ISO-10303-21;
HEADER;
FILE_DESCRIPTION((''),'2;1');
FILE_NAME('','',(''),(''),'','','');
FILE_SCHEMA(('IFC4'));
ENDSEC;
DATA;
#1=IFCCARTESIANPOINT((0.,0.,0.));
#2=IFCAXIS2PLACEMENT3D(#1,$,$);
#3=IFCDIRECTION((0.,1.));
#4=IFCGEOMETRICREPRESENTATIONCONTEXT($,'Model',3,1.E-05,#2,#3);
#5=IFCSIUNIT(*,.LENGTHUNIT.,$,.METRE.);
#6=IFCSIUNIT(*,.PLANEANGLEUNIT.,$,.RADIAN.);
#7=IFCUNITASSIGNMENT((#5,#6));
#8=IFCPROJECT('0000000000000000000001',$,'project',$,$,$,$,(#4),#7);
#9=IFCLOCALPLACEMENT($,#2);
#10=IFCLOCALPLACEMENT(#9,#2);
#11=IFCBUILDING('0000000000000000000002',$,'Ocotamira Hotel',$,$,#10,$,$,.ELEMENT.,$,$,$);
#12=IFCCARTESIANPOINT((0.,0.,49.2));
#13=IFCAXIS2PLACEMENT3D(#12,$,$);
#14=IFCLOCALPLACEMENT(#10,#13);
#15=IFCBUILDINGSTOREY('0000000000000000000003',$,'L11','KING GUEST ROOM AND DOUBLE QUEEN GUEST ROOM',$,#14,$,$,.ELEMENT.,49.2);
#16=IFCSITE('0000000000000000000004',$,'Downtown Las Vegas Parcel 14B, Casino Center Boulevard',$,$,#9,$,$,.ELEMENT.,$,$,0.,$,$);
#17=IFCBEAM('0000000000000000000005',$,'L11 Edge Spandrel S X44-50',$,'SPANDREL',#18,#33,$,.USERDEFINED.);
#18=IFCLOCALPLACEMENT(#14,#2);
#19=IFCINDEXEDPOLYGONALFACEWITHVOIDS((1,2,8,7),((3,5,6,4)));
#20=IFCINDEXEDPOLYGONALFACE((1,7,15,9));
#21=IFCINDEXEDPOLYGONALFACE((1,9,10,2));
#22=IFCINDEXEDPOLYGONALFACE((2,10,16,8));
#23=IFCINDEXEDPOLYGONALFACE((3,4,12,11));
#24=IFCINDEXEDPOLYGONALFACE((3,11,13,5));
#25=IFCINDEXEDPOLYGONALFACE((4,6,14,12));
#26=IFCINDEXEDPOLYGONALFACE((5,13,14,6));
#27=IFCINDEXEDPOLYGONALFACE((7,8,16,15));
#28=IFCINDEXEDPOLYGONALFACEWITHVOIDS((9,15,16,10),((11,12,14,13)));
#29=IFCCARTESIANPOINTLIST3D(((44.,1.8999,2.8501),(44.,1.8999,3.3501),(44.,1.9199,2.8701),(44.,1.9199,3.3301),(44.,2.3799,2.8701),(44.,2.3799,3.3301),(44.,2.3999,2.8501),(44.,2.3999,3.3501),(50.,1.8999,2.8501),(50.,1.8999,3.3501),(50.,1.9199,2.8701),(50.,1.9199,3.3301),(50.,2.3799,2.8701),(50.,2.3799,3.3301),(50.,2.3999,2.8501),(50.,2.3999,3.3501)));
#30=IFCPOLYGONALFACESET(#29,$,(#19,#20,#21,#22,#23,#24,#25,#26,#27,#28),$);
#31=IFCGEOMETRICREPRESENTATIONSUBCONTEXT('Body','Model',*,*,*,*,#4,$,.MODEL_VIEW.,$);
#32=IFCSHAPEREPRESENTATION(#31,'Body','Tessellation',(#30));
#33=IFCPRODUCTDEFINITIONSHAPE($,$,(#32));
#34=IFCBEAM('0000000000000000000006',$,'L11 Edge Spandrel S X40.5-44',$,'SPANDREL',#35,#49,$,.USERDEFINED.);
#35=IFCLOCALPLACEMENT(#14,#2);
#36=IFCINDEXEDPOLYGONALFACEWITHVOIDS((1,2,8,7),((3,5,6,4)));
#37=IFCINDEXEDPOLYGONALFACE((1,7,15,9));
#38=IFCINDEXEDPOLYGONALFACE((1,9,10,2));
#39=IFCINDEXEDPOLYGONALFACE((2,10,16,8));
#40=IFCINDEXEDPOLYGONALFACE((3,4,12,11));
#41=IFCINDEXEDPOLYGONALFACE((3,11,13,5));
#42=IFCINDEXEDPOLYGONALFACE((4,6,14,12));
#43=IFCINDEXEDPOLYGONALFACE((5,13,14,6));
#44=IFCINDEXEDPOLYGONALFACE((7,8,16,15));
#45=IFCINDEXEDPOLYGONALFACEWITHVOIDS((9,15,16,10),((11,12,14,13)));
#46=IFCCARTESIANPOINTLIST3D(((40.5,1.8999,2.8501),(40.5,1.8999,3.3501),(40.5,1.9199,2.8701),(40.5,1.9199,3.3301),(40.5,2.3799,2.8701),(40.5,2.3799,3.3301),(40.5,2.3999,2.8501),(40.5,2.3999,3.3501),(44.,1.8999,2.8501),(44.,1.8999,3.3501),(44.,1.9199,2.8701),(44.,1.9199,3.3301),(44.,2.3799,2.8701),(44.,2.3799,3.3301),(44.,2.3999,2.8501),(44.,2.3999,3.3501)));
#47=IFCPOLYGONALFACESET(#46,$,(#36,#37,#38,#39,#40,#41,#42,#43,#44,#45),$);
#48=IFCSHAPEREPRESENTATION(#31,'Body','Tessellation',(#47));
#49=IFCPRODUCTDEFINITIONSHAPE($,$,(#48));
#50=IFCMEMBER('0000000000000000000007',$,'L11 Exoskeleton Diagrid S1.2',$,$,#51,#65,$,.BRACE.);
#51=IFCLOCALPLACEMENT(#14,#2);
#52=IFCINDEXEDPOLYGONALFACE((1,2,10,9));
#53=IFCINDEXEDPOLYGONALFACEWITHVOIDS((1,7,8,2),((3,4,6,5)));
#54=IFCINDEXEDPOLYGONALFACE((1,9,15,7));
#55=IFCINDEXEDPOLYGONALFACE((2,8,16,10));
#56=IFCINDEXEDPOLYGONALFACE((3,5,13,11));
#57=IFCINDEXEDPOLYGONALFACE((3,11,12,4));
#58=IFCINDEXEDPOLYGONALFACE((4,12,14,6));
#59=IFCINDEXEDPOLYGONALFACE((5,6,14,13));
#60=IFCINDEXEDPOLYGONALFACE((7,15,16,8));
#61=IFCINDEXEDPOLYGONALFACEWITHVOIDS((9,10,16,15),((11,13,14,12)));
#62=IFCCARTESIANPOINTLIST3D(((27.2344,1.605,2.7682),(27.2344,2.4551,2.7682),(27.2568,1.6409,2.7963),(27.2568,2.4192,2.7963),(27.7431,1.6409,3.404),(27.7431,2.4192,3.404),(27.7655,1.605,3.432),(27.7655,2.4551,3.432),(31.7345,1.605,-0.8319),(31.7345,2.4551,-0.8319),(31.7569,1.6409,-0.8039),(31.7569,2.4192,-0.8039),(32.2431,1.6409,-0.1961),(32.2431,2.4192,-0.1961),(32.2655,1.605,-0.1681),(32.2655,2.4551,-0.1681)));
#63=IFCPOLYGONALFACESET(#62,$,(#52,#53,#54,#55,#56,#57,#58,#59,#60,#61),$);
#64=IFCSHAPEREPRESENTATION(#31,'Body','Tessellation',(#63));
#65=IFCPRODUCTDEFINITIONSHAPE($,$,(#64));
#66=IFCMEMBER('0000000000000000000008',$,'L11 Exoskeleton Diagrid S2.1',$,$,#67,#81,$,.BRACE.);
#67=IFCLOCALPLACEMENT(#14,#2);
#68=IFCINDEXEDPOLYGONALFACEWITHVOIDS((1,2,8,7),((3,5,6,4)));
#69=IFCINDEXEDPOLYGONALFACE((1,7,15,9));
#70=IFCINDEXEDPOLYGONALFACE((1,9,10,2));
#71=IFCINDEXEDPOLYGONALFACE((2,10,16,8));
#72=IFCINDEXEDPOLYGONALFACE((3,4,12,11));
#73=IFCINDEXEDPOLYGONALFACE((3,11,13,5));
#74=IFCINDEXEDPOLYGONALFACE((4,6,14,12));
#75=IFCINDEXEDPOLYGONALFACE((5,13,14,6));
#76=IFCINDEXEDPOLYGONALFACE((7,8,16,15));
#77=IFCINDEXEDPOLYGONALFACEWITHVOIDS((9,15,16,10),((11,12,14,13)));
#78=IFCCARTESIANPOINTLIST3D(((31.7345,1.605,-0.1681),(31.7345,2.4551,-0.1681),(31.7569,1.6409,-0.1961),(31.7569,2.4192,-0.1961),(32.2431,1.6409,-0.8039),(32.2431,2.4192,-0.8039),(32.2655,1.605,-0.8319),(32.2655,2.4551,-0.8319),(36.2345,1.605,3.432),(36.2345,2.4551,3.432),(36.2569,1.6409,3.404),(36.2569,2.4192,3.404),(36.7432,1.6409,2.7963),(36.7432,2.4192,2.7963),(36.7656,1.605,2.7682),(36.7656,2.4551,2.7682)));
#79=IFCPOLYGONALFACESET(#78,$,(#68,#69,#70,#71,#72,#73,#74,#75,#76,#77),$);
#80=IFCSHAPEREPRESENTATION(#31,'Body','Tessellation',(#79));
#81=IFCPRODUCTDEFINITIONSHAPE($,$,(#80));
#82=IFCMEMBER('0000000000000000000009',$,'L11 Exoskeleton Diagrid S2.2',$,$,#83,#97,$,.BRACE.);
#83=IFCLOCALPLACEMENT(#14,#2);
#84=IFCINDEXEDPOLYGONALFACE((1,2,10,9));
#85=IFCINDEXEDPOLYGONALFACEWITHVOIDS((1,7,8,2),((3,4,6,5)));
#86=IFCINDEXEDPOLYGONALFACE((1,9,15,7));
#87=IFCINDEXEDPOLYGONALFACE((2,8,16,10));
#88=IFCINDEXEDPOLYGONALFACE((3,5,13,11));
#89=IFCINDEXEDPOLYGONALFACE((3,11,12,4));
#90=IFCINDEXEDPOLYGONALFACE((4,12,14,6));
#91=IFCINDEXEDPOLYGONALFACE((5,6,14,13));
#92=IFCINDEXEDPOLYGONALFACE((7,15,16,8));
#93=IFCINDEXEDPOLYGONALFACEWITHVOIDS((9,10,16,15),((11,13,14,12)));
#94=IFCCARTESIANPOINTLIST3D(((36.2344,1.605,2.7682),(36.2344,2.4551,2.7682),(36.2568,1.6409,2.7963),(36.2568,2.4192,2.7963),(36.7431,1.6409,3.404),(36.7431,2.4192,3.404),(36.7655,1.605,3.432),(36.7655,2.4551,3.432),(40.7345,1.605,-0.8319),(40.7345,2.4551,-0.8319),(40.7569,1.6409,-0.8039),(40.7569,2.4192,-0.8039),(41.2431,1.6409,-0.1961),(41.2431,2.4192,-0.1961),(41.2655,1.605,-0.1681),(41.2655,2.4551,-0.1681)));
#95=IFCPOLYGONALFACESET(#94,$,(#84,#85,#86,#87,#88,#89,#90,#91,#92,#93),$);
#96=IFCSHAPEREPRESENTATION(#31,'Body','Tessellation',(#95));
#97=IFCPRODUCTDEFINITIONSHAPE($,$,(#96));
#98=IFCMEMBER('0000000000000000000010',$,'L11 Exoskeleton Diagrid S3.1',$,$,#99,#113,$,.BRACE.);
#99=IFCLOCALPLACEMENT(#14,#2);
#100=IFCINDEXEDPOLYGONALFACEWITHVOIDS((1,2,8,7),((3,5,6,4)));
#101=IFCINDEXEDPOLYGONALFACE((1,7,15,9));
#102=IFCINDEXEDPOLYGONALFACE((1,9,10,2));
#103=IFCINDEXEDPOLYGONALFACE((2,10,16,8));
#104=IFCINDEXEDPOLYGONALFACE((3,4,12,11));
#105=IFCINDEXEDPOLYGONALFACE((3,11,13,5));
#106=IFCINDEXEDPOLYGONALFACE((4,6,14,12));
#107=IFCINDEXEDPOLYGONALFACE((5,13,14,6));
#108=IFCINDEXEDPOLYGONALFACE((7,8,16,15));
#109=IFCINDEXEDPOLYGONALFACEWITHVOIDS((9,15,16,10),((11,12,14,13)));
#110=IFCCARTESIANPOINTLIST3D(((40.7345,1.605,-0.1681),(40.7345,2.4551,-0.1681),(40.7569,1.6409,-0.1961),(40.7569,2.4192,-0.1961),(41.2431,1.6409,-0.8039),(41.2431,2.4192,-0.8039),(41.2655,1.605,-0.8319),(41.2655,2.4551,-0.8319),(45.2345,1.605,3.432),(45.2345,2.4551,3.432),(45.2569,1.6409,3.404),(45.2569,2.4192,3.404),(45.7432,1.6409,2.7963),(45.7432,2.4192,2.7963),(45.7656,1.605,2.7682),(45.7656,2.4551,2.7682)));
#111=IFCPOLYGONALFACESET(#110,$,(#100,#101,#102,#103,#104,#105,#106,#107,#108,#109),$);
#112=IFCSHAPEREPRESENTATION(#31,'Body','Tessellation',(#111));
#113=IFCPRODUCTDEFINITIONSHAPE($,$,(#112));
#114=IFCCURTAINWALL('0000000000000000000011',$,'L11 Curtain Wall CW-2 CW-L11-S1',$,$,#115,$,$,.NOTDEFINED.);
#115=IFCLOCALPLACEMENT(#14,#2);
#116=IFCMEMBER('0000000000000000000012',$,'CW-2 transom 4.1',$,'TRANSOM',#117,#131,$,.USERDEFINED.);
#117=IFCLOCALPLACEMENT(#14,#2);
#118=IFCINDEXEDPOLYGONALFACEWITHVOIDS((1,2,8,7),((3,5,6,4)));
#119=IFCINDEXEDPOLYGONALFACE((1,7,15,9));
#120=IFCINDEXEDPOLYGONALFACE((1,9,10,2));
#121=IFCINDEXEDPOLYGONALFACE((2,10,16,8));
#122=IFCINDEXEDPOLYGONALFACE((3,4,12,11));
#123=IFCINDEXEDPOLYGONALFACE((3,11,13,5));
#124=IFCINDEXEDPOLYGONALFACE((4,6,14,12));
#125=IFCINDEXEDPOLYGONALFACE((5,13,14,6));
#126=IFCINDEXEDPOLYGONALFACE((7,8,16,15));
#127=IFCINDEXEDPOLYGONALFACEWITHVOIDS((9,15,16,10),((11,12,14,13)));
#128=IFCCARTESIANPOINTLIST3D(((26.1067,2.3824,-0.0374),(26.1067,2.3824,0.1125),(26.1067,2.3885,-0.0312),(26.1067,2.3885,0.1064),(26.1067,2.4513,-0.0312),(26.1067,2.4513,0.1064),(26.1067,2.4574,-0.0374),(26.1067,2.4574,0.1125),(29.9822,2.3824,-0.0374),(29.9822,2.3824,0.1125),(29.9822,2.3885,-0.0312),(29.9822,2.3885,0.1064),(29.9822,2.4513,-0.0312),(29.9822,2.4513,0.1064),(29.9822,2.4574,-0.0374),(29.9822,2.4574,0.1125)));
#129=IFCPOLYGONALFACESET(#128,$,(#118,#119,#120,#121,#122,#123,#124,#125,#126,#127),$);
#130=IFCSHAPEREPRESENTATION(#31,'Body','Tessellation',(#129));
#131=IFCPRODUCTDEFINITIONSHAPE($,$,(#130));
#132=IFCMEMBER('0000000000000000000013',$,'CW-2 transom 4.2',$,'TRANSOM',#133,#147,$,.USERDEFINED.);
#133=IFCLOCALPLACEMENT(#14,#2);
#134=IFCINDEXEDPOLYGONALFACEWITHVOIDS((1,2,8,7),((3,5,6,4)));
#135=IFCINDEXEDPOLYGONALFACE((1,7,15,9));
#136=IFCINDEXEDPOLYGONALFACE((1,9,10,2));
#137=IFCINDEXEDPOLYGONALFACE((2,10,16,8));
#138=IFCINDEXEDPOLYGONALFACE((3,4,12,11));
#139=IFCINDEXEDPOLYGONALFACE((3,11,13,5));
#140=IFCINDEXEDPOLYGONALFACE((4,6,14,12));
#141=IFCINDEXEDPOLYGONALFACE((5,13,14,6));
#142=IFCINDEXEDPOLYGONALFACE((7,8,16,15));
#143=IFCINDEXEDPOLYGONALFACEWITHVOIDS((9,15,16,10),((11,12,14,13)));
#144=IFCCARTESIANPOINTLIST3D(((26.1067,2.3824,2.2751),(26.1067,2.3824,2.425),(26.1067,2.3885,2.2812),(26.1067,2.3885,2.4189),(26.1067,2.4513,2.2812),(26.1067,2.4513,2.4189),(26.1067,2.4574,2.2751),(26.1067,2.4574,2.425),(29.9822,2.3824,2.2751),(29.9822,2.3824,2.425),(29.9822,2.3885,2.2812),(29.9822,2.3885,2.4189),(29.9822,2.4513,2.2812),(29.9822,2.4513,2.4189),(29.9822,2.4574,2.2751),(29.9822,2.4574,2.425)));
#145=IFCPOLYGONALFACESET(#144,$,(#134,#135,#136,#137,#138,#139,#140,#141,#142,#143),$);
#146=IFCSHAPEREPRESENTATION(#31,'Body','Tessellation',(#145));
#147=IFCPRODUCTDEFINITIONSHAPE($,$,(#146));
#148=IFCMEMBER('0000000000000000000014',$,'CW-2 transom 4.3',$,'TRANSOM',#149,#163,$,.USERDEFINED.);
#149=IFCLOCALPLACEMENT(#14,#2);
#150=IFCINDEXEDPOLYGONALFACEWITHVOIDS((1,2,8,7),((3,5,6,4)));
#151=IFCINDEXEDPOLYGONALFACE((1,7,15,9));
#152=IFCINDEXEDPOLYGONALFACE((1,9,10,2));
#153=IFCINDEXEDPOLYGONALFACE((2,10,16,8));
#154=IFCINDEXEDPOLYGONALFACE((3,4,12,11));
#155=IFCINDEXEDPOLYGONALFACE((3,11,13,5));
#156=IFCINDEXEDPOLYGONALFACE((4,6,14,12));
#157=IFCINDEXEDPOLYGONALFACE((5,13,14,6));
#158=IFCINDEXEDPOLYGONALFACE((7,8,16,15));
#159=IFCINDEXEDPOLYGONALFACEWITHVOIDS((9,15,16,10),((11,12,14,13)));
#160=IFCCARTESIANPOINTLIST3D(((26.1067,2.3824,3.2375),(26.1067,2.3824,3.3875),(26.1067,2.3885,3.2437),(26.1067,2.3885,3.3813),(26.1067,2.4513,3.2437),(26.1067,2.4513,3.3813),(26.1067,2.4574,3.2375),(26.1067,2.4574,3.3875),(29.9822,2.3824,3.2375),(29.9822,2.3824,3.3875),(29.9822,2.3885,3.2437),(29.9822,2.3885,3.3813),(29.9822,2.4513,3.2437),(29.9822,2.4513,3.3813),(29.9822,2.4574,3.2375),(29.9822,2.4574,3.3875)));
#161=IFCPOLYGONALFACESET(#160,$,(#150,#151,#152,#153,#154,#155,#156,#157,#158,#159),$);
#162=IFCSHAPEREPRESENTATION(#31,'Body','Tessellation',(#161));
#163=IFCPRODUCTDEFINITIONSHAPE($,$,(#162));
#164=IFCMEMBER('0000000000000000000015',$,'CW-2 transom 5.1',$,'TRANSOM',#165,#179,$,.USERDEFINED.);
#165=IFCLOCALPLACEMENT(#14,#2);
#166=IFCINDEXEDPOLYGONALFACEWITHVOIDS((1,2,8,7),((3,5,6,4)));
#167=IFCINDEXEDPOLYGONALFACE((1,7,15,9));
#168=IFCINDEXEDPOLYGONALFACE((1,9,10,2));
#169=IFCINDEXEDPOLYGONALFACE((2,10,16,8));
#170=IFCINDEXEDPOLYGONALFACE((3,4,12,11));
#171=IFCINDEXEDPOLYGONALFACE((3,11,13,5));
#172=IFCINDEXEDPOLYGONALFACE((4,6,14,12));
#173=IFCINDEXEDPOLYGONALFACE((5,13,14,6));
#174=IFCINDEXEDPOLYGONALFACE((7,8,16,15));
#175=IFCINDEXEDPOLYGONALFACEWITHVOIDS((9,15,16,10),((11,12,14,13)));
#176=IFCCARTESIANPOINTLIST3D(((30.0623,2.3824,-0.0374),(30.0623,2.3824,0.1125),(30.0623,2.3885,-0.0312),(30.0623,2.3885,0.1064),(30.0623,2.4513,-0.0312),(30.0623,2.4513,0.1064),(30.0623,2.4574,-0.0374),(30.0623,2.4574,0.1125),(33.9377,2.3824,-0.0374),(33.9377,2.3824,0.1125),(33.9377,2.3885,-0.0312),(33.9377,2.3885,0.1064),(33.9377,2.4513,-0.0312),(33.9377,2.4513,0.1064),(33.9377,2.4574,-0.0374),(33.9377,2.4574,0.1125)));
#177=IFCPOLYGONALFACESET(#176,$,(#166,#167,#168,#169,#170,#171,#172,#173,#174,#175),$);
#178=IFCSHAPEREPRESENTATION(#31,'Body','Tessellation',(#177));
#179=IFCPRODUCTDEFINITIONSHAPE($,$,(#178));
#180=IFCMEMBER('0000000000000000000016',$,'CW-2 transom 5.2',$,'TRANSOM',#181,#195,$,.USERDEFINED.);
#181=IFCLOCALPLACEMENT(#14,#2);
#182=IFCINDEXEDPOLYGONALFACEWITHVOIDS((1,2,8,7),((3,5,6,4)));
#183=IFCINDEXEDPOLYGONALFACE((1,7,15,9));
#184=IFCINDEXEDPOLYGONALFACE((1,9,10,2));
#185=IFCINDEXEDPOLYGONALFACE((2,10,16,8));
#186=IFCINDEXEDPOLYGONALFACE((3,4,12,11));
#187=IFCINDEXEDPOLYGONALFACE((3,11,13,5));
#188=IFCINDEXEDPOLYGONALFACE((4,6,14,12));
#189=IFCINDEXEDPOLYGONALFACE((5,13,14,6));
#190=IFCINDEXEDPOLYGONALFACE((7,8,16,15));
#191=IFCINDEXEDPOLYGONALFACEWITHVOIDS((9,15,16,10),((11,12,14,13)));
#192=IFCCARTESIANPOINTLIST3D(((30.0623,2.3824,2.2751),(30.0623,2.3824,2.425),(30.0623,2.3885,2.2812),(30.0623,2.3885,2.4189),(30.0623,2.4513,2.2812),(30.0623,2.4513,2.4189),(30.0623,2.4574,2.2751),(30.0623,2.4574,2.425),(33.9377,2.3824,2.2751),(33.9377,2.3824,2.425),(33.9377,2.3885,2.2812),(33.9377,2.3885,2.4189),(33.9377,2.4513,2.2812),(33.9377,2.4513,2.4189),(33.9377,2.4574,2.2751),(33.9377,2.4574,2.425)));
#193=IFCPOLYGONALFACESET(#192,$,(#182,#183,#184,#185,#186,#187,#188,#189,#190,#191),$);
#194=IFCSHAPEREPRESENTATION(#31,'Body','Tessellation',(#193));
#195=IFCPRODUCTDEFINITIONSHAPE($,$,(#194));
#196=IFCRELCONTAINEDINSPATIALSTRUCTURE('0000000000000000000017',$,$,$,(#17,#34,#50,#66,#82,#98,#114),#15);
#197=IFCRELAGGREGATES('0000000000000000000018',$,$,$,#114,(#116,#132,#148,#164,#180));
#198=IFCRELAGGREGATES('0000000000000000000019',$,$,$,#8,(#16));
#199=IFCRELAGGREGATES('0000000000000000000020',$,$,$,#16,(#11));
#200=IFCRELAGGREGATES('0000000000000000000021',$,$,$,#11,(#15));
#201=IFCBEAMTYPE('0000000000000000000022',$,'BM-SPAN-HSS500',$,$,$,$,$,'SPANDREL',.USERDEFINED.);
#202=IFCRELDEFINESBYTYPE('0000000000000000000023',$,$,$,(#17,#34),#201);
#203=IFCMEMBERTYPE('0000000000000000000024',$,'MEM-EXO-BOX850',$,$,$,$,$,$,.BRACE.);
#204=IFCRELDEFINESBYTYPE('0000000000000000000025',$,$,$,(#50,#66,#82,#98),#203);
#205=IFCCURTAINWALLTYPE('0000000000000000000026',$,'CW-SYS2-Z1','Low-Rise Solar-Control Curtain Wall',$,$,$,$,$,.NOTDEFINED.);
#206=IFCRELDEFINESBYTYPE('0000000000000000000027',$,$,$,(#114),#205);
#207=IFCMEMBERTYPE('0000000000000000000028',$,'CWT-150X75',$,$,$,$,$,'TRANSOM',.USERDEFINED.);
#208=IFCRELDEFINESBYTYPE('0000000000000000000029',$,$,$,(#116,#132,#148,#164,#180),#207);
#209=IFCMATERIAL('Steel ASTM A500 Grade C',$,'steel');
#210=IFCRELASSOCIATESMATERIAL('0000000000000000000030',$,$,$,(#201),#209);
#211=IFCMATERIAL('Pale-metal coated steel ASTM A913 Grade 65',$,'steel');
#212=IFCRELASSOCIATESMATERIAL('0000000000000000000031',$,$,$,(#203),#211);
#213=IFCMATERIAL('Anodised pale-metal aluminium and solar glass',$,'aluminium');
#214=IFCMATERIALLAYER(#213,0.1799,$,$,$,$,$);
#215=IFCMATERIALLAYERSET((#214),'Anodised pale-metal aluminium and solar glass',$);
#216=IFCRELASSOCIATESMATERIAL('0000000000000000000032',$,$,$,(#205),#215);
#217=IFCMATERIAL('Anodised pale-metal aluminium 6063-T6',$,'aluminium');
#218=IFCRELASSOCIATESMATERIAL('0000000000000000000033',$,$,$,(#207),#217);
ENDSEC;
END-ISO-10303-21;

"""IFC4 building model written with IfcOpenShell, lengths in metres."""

from ifc_helpers import new_model, si_unit, direction, frame, origin, origin_2d, place, context, subcontext, project, spatial, hollow_rectangle, extrude, source, transform, mapped, material, layer, layer_set, material_profile, profile_set, type_object, element, aggregate, save


model = new_model("IFC4")

# Units and contexts
model_context = context("Model", 3, precision=1e-05, world=origin(), true_north=direction((0.0, 1.0)))
body_context = subcontext(model_context, "Body", "Model", "MODEL_VIEW")
ifc_project = project(units=[si_unit("LENGTHUNIT", "METRE"), si_unit("PLANEANGLEUNIT", "RADIAN")], contexts=[model_context])

# Site, building, storey
site_placement = place(None, origin())
site = spatial("IfcSite", under=ifc_project, at=site_placement, Name="Downtown Las Vegas Parcel 14B, Casino Center Boulevard", CompositionType="ELEMENT", RefElevation=0.0)
building_placement = place(site_placement, origin())
building = spatial("IfcBuilding", under=site, at=building_placement, Name="Ocotamira Hotel", CompositionType="ELEMENT")
storey_placement = place(building_placement, frame((0.0, 0.0, 49.2)))
storey = spatial("IfcBuildingStorey", under=building, at=storey_placement, Name="L11", Description="KING GUEST ROOM AND DOUBLE QUEEN GUEST ROOM", CompositionType="ELEMENT", Elevation=49.2)

# Beams
ifc_material_1 = material(Name="Steel ASTM A500 Grade C", Category="steel")
ifc_material_profile_1 = material_profile(ifc_material_1, hollow_rectangle(XDim=0.5, YDim=0.5, WallThickness=0.02, at=origin_2d()), Name="HSS500X500X20")
ifc_profile_set_1 = profile_set([ifc_material_profile_1], Name="Steel ASTM A500 Grade C")
beam_type = type_object("IfcBeamType", Name="BM-SPAN-HSS500", ElementType="SPANDREL", PredefinedType="USERDEFINED", material=ifc_profile_set_1)
shared_shape_1 = source(origin(), body_context, "Body", "SweptSolid", [
    extrude(hollow_rectangle(XDim=0.5, YDim=0.5, WallThickness=0.02, at=origin_2d()), origin(), (0.0, 0.0, 1.0), 6.0),
])
beam_1_placement = place(storey_placement, frame((44.0, 2.1499, 3.1001), z_axis=(1.0, 0.0, 0.0), x_axis=(0.0, 1.0, 0.0)))
element("IfcBeam", 1, at=beam_1_placement, inside=storey, type_object=beam_type, Name="L11 Edge Spandrel S X44-50", ObjectType="SPANDREL", PredefinedType="USERDEFINED", context=body_context, shape_type="MappedRepresentation", body=[
    mapped(shared_shape_1, transform((0.0, 0.0, 0.0), scale=1.0)),
])
shared_shape_2 = source(origin(), body_context, "Body", "SweptSolid", [
    extrude(hollow_rectangle(XDim=0.5, YDim=0.5, WallThickness=0.02, at=origin_2d()), origin(), (0.0, 0.0, 1.0), 3.5),
])
beam_2_placement = place(storey_placement, frame((40.5, 2.1499, 3.1001), z_axis=(1.0, 0.0, 0.0), x_axis=(0.0, 1.0, 0.0)))
element("IfcBeam", 2, at=beam_2_placement, inside=storey, type_object=beam_type, Name="L11 Edge Spandrel S X40.5-44", ObjectType="SPANDREL", PredefinedType="USERDEFINED", context=body_context, shape_type="MappedRepresentation", body=[
    mapped(shared_shape_2, transform((0.0, 0.0, 0.0), scale=1.0)),
])

# Members
ifc_material_2 = material(Name="Pale-metal coated steel ASTM A913 Grade 65", Category="steel")
ifc_material_profile_2 = material_profile(ifc_material_2, hollow_rectangle(XDim=0.8501, YDim=0.8501, WallThickness=0.0359, at=origin_2d()), Name="BOX850X850X36")
ifc_profile_set_2 = profile_set([ifc_material_profile_2], Name="Pale-metal coated steel ASTM A913 Grade 65")
member_type_1 = type_object("IfcMemberType", Name="MEM-EXO-BOX850", PredefinedType="BRACE", material=ifc_profile_set_2)
shared_shape_3 = source(origin(), body_context, "Body", "SweptSolid", [
    extrude(hollow_rectangle(XDim=0.8501, YDim=0.8501, WallThickness=0.0359, at=origin_2d()), origin(), (0.0, 0.0, 1.0), 5.7629),
])
for number, where, z_axis, x_axis, name in (
    (3, (32.0, 2.03, -0.5), (-0.780861, 0.0, 0.624705), (0.0, -1.0, 0.0), "L11 Exoskeleton Diagrid S1.2"),
    (4, (32.0, 2.03, -0.5), (0.780861, 0.0, 0.624705), (0.0, 1.0, 0.0), "L11 Exoskeleton Diagrid S2.1"),
    (5, (41.0, 2.03, -0.5), (-0.780861, 0.0, 0.624705), (0.0, -1.0, 0.0), "L11 Exoskeleton Diagrid S2.2"),
    (6, (41.0, 2.03, -0.5), (0.780861, 0.0, 0.624705), (0.0, 1.0, 0.0), "L11 Exoskeleton Diagrid S3.1"),
):
    element("IfcMember", number, at=place(storey_placement, frame(where, z_axis=z_axis, x_axis=x_axis)), inside=storey, type_object=member_type_1, Name=name, PredefinedType="BRACE", context=body_context, shape_type="MappedRepresentation", body=[
        mapped(shared_shape_3, transform((0.0, 0.0, 0.0), scale=1.0)),
    ])

# Curtain wall, members
ifc_material_3 = material(Name="Anodised pale-metal aluminium and solar glass", Category="aluminium")
ifc_layer_1 = layer(ifc_material_3, 0.1799)
ifc_layer_set_1 = layer_set([ifc_layer_1], Name="Anodised pale-metal aluminium and solar glass")
curtain_wall_type = type_object("IfcCurtainWallType", Name="CW-SYS2-Z1", Description="Low-Rise Solar-Control Curtain Wall", PredefinedType="NOTDEFINED", material=ifc_layer_set_1)
curtain_wall_placement = place(storey_placement, origin())
curtain_wall = element("IfcCurtainWall", 7, at=curtain_wall_placement, inside=storey, type_object=curtain_wall_type, Name="L11 Curtain Wall CW-2 CW-L11-S1", PredefinedType="NOTDEFINED")
ifc_material_4 = material(Name="Anodised pale-metal aluminium 6063-T6", Category="aluminium")
ifc_material_profile_3 = material_profile(ifc_material_4, hollow_rectangle(XDim=0.075, YDim=0.1499, WallThickness=0.0061, at=origin_2d()), Name="HSS150X75X6")
ifc_profile_set_3 = profile_set([ifc_material_profile_3], Name="Anodised pale-metal aluminium 6063-T6")
member_type_2 = type_object("IfcMemberType", Name="CWT-150X75", ElementType="TRANSOM", PredefinedType="USERDEFINED", material=ifc_profile_set_3)
shared_shape_4 = source(origin(), body_context, "Body", "SweptSolid", [
    extrude(hollow_rectangle(XDim=0.075, YDim=0.1499, WallThickness=0.0061, at=origin_2d()), origin(), (0.0, 0.0, 1.0), 3.8755),
])
member_1_placement = place(storey_placement, frame((26.1067, 2.4199, 0.0376), z_axis=(1.0, 0.0, 0.0), x_axis=(0.0, 1.0, 0.0)))
member_1 = element("IfcMember", 8, at=member_1_placement, type_object=member_type_2, Name="CW-2 transom 4.1", ObjectType="TRANSOM", PredefinedType="USERDEFINED", context=body_context, shape_type="MappedRepresentation", body=[
    mapped(shared_shape_4, transform((0.0, 0.0, 0.0), scale=1.0)),
])
member_2_placement = place(storey_placement, frame((26.1067, 2.4199, 2.3501), z_axis=(1.0, 0.0, 0.0), x_axis=(0.0, 1.0, 0.0)))
member_2 = element("IfcMember", 9, at=member_2_placement, type_object=member_type_2, Name="CW-2 transom 4.2", ObjectType="TRANSOM", PredefinedType="USERDEFINED", context=body_context, shape_type="MappedRepresentation", body=[
    mapped(shared_shape_4, transform((0.0, 0.0, 0.0), scale=1.0)),
])
member_3_placement = place(storey_placement, frame((26.1067, 2.4199, 3.3125), z_axis=(1.0, 0.0, 0.0), x_axis=(0.0, 1.0, 0.0)))
member_3 = element("IfcMember", 10, at=member_3_placement, type_object=member_type_2, Name="CW-2 transom 4.3", ObjectType="TRANSOM", PredefinedType="USERDEFINED", context=body_context, shape_type="MappedRepresentation", body=[
    mapped(shared_shape_4, transform((0.0, 0.0, 0.0), scale=1.0)),
])
member_4_placement = place(storey_placement, frame((30.0623, 2.4199, 0.0376), z_axis=(1.0, 0.0, 0.0), x_axis=(0.0, 1.0, 0.0)))
member_4 = element("IfcMember", 11, at=member_4_placement, type_object=member_type_2, Name="CW-2 transom 5.1", ObjectType="TRANSOM", PredefinedType="USERDEFINED", context=body_context, shape_type="MappedRepresentation", body=[
    mapped(shared_shape_4, transform((0.0, 0.0, 0.0), scale=1.0)),
])
member_5_placement = place(storey_placement, frame((30.0623, 2.4199, 2.3501), z_axis=(1.0, 0.0, 0.0), x_axis=(0.0, 1.0, 0.0)))
member_5 = element("IfcMember", 12, at=member_5_placement, type_object=member_type_2, Name="CW-2 transom 5.2", ObjectType="TRANSOM", PredefinedType="USERDEFINED", context=body_context, shape_type="MappedRepresentation", body=[
    mapped(shared_shape_4, transform((0.0, 0.0, 0.0), scale=1.0)),
])

aggregate(curtain_wall, [member_1, member_2, member_3, member_4, member_5])

save(model, "model.ifc")
